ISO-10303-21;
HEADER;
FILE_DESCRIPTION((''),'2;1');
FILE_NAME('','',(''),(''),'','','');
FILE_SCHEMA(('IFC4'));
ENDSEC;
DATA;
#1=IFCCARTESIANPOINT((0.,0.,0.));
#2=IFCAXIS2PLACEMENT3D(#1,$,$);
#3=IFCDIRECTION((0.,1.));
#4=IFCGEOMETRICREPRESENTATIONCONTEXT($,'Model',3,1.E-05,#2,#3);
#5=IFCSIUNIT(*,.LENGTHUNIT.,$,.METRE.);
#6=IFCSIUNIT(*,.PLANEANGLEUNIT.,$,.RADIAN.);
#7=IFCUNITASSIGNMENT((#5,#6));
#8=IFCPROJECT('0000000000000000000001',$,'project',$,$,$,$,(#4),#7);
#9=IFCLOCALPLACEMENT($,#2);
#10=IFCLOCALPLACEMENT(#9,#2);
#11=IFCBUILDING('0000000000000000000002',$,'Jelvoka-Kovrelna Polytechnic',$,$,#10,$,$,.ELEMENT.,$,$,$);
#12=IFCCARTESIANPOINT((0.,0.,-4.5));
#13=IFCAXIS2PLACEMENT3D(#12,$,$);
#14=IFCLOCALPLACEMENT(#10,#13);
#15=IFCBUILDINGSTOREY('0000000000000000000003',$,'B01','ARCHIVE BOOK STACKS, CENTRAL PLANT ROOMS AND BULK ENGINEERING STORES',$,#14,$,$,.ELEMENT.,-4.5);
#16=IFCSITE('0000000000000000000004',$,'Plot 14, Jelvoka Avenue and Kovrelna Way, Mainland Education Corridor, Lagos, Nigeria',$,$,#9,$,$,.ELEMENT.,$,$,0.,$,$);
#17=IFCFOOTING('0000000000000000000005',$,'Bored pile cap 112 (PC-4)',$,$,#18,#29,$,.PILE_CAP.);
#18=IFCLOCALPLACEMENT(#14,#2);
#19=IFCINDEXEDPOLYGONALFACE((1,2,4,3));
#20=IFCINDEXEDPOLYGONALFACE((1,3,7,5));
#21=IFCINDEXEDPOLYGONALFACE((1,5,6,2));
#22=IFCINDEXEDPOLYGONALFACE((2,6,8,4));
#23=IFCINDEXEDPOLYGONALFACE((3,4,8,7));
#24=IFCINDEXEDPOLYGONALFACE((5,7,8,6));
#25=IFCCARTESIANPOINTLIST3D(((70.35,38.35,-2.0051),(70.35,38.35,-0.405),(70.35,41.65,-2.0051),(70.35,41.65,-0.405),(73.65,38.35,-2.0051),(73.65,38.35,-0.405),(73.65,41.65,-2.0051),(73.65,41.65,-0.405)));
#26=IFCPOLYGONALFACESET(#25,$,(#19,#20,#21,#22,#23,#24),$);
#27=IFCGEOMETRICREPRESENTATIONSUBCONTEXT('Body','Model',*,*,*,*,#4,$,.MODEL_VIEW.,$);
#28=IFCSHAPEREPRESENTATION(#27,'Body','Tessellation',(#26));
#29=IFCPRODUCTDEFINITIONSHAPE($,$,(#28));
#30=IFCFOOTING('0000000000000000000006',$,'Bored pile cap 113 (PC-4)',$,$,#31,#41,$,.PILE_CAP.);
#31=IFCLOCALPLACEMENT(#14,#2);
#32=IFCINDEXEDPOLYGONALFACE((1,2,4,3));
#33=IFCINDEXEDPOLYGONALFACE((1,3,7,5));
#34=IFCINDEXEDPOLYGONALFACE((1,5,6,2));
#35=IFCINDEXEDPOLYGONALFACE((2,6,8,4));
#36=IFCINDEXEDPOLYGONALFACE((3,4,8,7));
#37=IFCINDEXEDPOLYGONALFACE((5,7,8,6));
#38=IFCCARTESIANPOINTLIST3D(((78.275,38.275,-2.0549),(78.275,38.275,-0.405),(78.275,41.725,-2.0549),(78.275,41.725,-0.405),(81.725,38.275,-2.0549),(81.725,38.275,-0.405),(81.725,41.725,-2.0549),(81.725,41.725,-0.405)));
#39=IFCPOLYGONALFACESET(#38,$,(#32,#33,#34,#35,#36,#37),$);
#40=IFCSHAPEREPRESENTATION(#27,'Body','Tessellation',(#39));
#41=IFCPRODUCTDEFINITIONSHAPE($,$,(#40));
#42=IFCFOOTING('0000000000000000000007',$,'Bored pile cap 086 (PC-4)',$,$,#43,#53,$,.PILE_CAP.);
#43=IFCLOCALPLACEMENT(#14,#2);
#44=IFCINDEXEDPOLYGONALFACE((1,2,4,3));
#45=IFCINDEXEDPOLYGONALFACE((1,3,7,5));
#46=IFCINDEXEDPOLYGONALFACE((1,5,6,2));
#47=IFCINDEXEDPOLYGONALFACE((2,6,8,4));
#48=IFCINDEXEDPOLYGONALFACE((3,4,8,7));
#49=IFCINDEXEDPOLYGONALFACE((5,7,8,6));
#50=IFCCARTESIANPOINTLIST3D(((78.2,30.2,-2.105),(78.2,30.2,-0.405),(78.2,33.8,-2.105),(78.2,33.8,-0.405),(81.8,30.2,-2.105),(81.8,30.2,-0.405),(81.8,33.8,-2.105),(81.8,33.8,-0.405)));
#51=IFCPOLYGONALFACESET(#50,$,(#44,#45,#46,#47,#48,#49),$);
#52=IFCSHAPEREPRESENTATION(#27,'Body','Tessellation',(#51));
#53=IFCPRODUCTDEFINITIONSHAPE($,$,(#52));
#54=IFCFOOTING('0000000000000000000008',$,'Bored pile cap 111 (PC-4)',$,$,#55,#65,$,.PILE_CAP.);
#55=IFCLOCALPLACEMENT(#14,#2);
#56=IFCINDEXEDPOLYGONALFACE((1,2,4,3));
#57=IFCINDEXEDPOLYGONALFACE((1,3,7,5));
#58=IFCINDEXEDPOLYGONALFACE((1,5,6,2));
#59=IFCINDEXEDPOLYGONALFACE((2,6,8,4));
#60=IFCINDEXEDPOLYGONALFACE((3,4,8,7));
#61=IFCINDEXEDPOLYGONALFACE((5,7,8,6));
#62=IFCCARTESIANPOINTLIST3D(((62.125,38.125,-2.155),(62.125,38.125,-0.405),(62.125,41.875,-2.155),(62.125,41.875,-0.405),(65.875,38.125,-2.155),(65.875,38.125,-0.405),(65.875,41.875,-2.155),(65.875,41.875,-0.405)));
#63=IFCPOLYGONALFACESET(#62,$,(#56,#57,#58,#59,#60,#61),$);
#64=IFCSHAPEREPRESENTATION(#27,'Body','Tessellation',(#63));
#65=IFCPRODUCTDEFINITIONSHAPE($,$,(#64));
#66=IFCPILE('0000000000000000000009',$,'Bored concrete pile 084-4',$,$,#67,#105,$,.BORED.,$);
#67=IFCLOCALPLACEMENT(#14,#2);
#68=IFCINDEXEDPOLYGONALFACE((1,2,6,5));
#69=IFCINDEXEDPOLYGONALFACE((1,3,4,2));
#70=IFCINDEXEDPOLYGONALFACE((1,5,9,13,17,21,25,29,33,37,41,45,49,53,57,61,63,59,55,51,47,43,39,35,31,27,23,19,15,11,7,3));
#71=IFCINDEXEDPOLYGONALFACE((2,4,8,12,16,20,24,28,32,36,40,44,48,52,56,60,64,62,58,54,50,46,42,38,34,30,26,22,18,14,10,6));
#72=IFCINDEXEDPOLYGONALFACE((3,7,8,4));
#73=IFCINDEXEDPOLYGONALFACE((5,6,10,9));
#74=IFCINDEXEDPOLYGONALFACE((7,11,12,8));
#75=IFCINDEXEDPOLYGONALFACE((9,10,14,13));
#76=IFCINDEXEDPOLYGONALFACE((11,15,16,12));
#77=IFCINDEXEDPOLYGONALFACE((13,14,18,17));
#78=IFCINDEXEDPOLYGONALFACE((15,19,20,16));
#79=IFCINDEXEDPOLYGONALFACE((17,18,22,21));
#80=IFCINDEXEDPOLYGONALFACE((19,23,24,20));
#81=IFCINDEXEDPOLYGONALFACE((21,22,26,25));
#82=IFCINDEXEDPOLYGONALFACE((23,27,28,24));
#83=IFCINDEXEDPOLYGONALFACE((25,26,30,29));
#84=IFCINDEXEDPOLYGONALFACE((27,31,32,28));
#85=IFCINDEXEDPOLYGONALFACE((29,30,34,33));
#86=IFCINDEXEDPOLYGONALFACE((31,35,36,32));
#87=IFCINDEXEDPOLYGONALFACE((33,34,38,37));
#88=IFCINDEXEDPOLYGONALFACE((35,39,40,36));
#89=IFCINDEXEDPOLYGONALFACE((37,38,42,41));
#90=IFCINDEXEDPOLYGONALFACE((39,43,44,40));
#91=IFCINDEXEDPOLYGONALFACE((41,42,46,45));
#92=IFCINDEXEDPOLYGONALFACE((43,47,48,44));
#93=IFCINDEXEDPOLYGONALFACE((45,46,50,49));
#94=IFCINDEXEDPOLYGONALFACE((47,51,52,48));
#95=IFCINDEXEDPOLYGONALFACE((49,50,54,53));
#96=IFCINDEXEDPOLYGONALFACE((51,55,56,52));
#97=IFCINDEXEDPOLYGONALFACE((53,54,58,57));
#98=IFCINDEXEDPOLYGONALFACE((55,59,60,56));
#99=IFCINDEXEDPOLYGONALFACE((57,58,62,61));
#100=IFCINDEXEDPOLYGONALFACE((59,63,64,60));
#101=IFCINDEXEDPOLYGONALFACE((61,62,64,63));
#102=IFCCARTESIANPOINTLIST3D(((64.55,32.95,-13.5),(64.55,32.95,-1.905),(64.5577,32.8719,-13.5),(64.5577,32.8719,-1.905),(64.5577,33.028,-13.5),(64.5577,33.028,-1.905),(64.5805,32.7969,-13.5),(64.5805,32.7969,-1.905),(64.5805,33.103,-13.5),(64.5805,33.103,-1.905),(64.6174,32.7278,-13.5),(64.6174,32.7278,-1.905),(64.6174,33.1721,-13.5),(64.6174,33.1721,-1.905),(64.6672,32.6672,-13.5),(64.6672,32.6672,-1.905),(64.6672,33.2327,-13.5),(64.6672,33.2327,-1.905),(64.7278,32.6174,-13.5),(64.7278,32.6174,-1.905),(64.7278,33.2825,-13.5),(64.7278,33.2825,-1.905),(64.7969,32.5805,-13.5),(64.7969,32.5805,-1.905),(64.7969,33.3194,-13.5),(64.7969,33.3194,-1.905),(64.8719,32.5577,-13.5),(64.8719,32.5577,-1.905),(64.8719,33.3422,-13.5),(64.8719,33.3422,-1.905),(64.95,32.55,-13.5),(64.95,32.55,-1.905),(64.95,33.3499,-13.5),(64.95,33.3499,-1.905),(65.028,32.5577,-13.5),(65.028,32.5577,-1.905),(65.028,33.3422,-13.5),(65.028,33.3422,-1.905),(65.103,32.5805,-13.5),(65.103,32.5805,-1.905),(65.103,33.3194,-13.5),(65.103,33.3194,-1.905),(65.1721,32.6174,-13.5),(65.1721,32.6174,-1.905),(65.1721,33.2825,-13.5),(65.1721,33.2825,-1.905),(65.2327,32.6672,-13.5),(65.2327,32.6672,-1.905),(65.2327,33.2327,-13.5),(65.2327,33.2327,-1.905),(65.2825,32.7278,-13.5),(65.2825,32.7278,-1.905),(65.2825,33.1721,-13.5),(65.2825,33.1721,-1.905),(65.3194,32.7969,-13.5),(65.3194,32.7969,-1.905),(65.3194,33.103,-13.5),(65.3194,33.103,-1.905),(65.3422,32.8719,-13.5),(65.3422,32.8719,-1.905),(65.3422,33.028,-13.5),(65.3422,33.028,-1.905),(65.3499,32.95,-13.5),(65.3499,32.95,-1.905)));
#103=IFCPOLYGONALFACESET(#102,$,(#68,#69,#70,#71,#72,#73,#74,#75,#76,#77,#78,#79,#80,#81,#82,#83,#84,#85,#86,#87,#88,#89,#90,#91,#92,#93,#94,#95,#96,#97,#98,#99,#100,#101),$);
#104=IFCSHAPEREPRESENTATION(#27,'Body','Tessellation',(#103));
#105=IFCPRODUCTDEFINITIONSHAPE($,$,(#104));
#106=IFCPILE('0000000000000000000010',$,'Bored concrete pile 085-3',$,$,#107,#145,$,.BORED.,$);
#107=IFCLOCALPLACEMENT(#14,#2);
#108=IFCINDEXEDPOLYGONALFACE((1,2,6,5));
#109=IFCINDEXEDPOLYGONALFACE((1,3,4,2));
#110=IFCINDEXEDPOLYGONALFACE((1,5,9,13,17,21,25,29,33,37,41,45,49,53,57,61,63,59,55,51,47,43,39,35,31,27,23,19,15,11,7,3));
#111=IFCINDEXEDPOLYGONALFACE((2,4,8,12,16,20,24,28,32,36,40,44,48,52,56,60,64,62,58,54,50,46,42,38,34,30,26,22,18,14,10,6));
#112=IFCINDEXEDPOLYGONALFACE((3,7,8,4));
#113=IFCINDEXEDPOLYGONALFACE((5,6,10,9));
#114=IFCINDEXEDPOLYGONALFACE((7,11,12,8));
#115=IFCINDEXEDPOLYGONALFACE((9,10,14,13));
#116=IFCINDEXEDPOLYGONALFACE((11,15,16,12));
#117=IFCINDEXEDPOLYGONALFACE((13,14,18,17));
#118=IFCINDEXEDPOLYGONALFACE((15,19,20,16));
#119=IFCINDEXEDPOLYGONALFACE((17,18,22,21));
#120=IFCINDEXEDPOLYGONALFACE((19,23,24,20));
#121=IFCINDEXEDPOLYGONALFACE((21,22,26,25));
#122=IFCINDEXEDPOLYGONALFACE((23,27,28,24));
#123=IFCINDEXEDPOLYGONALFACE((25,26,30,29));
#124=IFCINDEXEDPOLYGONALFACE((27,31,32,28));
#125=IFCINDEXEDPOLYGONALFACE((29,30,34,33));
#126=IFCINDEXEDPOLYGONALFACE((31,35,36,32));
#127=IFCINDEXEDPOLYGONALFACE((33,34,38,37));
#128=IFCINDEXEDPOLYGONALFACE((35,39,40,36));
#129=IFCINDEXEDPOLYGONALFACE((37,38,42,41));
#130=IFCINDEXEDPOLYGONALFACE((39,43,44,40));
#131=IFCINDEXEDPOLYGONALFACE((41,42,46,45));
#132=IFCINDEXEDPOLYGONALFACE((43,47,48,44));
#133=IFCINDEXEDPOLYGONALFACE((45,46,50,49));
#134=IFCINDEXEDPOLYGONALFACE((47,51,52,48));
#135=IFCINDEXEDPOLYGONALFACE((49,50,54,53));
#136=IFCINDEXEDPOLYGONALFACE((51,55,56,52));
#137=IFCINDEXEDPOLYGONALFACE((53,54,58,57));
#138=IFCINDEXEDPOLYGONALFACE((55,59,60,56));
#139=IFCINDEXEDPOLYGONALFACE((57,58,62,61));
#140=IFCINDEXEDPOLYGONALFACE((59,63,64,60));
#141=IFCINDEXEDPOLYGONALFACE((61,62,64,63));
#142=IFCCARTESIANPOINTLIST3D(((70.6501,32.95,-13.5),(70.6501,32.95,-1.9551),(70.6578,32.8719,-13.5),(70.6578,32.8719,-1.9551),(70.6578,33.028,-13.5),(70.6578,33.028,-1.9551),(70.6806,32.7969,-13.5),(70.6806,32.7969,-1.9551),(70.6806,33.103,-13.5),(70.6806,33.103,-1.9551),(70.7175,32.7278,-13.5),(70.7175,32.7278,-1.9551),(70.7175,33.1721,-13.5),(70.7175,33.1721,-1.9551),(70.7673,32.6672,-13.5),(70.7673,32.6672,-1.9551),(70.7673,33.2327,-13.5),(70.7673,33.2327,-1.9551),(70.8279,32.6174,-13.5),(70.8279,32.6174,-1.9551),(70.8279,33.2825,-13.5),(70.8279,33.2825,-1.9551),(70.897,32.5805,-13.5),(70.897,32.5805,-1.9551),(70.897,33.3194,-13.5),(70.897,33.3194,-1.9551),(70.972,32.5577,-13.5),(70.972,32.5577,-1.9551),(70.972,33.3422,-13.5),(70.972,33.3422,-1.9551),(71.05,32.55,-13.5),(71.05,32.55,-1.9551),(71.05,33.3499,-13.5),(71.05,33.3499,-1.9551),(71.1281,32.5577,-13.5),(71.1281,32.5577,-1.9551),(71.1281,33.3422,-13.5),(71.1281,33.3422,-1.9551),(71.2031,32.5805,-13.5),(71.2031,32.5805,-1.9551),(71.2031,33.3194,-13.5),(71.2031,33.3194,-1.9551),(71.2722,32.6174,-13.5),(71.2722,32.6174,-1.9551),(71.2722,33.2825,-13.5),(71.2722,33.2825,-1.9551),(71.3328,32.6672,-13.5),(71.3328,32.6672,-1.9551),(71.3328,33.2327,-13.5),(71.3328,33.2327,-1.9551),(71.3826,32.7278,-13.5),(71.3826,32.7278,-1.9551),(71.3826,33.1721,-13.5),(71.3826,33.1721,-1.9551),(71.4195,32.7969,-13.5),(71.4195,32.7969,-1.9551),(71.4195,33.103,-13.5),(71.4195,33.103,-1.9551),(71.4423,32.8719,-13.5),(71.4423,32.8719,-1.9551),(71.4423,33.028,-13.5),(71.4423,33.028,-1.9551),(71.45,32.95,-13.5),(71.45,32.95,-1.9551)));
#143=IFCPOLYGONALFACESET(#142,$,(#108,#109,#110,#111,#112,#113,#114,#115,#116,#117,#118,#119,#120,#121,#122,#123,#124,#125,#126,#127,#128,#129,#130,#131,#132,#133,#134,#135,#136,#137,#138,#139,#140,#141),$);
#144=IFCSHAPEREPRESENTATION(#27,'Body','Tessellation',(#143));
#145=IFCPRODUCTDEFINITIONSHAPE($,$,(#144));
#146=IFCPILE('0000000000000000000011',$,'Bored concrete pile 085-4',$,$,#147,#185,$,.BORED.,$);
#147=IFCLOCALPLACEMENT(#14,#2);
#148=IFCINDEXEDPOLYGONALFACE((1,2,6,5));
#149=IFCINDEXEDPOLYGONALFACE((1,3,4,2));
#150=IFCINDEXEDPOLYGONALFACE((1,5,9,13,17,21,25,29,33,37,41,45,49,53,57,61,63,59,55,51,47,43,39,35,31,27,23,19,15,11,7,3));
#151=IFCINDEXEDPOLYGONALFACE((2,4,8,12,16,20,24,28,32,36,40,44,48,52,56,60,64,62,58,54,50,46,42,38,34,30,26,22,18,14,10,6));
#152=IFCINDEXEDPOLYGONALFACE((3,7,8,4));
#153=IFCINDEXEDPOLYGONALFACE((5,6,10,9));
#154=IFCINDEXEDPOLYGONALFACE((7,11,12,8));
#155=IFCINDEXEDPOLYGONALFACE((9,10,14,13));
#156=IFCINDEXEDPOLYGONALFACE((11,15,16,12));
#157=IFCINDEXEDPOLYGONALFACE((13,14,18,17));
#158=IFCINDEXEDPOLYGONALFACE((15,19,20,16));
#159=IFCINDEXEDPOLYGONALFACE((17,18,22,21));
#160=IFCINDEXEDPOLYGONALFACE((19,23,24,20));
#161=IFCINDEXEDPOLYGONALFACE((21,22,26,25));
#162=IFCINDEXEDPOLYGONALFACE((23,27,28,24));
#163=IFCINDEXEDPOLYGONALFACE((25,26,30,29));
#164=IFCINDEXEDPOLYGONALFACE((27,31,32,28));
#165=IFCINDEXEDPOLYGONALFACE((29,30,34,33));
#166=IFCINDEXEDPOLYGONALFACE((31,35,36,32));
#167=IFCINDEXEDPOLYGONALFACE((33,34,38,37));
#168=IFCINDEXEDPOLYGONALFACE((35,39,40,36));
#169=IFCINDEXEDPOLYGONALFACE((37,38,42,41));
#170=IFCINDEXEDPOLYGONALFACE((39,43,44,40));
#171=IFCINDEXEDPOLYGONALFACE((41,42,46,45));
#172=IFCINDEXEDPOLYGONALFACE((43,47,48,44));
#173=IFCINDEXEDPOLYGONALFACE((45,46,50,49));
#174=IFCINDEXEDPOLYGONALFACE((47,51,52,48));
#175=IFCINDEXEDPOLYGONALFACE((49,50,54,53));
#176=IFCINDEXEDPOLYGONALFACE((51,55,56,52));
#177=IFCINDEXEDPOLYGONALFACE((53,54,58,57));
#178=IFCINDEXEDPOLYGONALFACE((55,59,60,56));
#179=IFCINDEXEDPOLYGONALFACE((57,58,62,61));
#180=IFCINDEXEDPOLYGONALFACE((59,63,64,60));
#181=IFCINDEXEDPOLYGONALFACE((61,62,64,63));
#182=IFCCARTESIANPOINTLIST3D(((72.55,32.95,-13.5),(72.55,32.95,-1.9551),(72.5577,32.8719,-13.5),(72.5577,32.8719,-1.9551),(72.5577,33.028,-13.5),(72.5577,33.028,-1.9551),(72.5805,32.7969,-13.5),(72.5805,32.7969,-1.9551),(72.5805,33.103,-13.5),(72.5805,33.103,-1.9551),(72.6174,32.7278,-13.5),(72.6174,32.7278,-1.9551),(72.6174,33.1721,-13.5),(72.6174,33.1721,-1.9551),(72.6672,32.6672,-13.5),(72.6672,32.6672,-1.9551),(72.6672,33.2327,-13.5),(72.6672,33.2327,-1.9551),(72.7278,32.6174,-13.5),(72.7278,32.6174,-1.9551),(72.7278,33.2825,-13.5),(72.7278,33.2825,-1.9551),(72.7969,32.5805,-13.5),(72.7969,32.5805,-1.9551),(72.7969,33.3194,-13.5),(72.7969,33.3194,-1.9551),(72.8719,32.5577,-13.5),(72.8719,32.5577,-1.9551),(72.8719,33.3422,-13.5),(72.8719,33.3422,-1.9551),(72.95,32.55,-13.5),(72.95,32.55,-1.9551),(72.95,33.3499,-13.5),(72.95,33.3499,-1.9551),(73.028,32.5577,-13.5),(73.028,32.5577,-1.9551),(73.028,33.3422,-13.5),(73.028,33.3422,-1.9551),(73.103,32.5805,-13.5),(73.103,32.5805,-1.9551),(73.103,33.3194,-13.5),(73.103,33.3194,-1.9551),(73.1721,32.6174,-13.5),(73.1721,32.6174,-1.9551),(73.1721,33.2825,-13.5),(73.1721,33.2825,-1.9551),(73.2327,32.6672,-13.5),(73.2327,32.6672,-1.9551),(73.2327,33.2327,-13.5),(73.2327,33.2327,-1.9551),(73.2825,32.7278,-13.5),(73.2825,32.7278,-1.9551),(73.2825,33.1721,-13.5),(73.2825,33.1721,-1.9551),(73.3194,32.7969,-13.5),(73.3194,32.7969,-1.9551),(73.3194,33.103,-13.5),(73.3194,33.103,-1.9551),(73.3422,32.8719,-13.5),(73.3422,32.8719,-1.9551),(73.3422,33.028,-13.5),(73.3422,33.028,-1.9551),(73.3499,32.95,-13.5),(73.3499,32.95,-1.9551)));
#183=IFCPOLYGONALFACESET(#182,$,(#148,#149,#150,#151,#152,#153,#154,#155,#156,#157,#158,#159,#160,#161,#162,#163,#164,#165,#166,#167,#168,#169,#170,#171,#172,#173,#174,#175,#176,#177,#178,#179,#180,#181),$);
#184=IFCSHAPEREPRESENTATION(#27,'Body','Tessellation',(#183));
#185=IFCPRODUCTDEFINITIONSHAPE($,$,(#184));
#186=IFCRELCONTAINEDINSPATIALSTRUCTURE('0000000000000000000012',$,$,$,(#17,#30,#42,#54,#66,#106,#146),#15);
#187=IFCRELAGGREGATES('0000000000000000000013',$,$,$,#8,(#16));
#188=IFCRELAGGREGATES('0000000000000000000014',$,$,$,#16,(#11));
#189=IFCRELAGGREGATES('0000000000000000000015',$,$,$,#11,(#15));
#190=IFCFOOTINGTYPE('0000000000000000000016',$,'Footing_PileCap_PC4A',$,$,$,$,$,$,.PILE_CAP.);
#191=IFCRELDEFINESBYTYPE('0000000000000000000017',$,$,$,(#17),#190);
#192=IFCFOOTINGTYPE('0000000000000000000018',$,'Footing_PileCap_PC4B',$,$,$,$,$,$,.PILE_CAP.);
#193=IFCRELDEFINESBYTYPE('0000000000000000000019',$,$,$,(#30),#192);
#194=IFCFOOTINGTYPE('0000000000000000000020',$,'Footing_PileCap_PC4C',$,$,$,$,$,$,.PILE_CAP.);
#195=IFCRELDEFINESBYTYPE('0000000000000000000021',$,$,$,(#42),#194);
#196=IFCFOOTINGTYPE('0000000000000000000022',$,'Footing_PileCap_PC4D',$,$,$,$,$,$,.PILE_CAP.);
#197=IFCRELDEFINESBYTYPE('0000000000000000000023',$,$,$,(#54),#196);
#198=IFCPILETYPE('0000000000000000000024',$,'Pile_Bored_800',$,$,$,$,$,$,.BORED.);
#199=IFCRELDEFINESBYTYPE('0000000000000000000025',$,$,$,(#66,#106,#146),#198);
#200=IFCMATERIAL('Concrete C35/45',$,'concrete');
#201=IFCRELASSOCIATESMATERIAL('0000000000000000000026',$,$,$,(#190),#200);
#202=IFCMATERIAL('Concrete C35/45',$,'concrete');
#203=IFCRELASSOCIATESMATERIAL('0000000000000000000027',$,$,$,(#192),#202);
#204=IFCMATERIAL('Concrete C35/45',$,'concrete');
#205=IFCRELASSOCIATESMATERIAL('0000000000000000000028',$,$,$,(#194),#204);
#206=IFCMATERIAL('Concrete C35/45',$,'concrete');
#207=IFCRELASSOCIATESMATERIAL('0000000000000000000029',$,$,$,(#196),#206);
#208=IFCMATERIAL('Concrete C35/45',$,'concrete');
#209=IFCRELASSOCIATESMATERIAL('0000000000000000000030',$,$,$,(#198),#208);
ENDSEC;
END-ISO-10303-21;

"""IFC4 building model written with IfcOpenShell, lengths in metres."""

from ifc_helpers import new_model, si_unit, direction, frame, origin, origin_2d, place, context, subcontext, project, spatial, rectangle, circle, extrude, material, material_profile, profile_set, type_object, element, save


model = new_model("IFC4")

# Units and contexts
model_context = context("Model", 3, precision=1e-05, world=origin(), true_north=direction((0.0, 1.0)))
body_context = subcontext(model_context, "Body", "Model", "MODEL_VIEW")
ifc_project = project(units=[si_unit("LENGTHUNIT", "METRE"), si_unit("PLANEANGLEUNIT", "RADIAN")], contexts=[model_context])

# Site, building, storey
site_placement = place(None, origin())
site = spatial("IfcSite", under=ifc_project, at=site_placement, Name="Plot 14, Jelvoka Avenue and Kovrelna Way, Mainland Education Corridor, Lagos, Nigeria", CompositionType="ELEMENT", RefElevation=0.0)
building_placement = place(site_placement, origin())
building = spatial("IfcBuilding", under=site, at=building_placement, Name="Jelvoka-Kovrelna Polytechnic", CompositionType="ELEMENT")
storey_placement = place(building_placement, frame((0.0, 0.0, -4.5)))
storey = spatial("IfcBuildingStorey", under=building, at=storey_placement, Name="B01", Description="ARCHIVE BOOK STACKS, CENTRAL PLANT ROOMS AND BULK ENGINEERING STORES", CompositionType="ELEMENT", Elevation=-4.5)

# Footings
ifc_material_1 = material(Name="Concrete C35/45", Category="concrete")
footing_type_1 = type_object("IfcFootingType", Name="Footing_PileCap_PC4A", PredefinedType="PILE_CAP", material=ifc_material_1)
footing_1_placement = place(storey_placement, frame((72.0, 40.0, -2.0051), z_axis=(0.0, 0.0, 1.0), x_axis=(1.0, 0.0, 0.0)))
element("IfcFooting", 1, at=footing_1_placement, inside=storey, type_object=footing_type_1, Name="Bored pile cap 112 (PC-4)", PredefinedType="PILE_CAP", context=body_context, shape_type="SweptSolid", body=[
    extrude(rectangle(XDim=3.3, YDim=3.3, at=origin_2d()), origin(), (0.0, 0.0, 1.0), 1.6001),
])
ifc_material_2 = material(Name="Concrete C35/45", Category="concrete")
footing_type_2 = type_object("IfcFootingType", Name="Footing_PileCap_PC4B", PredefinedType="PILE_CAP", material=ifc_material_2)
footing_2_placement = place(storey_placement, frame((80.0, 40.0, -2.0549), z_axis=(0.0, 0.0, 1.0), x_axis=(1.0, 0.0, 0.0)))
element("IfcFooting", 2, at=footing_2_placement, inside=storey, type_object=footing_type_2, Name="Bored pile cap 113 (PC-4)", PredefinedType="PILE_CAP", context=body_context, shape_type="SweptSolid", body=[
    extrude(rectangle(XDim=3.45, YDim=3.45, at=origin_2d()), origin(), (0.0, 0.0, 1.0), 1.6499),
])
ifc_material_3 = material(Name="Concrete C35/45", Category="concrete")
footing_type_3 = type_object("IfcFootingType", Name="Footing_PileCap_PC4C", PredefinedType="PILE_CAP", material=ifc_material_3)
footing_3_placement = place(storey_placement, frame((80.0, 32.0, -2.105), z_axis=(0.0, 0.0, 1.0), x_axis=(1.0, 0.0, 0.0)))
element("IfcFooting", 3, at=footing_3_placement, inside=storey, type_object=footing_type_3, Name="Bored pile cap 086 (PC-4)", PredefinedType="PILE_CAP", context=body_context, shape_type="SweptSolid", body=[
    extrude(rectangle(XDim=3.6001, YDim=3.6001, at=origin_2d()), origin(), (0.0, 0.0, 1.0), 1.7),
])
ifc_material_4 = material(Name="Concrete C35/45", Category="concrete")
footing_type_4 = type_object("IfcFootingType", Name="Footing_PileCap_PC4D", PredefinedType="PILE_CAP", material=ifc_material_4)
footing_4_placement = place(storey_placement, frame((64.0, 40.0, -2.155), z_axis=(0.0, 0.0, 1.0), x_axis=(1.0, 0.0, 0.0)))
element("IfcFooting", 4, at=footing_4_placement, inside=storey, type_object=footing_type_4, Name="Bored pile cap 111 (PC-4)", PredefinedType="PILE_CAP", context=body_context, shape_type="SweptSolid", body=[
    extrude(rectangle(XDim=3.75, YDim=3.75, at=origin_2d()), origin(), (0.0, 0.0, 1.0), 1.75),
])

# Piles
ifc_material_5 = material(Name="Concrete C35/45", Category="concrete")
ifc_material_profile_1 = material_profile(ifc_material_5, circle(Radius=0.3999, at=origin_2d()), Name="PILE D800")
ifc_profile_set_1 = profile_set([ifc_material_profile_1], Name="Concrete C35/45")
pile_type = type_object("IfcPileType", Name="Pile_Bored_800", PredefinedType="BORED", material=ifc_profile_set_1)
pile_1_placement = place(storey_placement, frame((64.95, 32.95, -1.905), z_axis=(0.0, 0.0, -1.0), x_axis=(1.0, 0.0, 0.0)))
element("IfcPile", 5, at=pile_1_placement, inside=storey, type_object=pile_type, Name="Bored concrete pile 084-4", PredefinedType="BORED", context=body_context, shape_type="SweptSolid", body=[
    extrude(circle(Radius=0.3999, at=origin_2d()), origin(), (0.0, 0.0, 1.0), 11.595),
])
for number, where, z_axis, x_axis, name in (
    (6, (71.05, 32.95, -1.9551), (0.0, 0.0, -1.0), (1.0, 0.0, 0.0), "Bored concrete pile 085-3"),
    (7, (72.95, 32.95, -1.9551), (0.0, 0.0, -1.0), (1.0, 0.0, 0.0), "Bored concrete pile 085-4"),
):
    element("IfcPile", number, at=place(storey_placement, frame(where, z_axis=z_axis, x_axis=x_axis)), inside=storey, type_object=pile_type, Name=name, PredefinedType="BORED", context=body_context, shape_type="SweptSolid", body=[
        extrude(circle(Radius=0.3999, at=origin_2d()), origin(), (0.0, 0.0, 1.0), 11.5449),
    ])

save(model, "model.ifc")
